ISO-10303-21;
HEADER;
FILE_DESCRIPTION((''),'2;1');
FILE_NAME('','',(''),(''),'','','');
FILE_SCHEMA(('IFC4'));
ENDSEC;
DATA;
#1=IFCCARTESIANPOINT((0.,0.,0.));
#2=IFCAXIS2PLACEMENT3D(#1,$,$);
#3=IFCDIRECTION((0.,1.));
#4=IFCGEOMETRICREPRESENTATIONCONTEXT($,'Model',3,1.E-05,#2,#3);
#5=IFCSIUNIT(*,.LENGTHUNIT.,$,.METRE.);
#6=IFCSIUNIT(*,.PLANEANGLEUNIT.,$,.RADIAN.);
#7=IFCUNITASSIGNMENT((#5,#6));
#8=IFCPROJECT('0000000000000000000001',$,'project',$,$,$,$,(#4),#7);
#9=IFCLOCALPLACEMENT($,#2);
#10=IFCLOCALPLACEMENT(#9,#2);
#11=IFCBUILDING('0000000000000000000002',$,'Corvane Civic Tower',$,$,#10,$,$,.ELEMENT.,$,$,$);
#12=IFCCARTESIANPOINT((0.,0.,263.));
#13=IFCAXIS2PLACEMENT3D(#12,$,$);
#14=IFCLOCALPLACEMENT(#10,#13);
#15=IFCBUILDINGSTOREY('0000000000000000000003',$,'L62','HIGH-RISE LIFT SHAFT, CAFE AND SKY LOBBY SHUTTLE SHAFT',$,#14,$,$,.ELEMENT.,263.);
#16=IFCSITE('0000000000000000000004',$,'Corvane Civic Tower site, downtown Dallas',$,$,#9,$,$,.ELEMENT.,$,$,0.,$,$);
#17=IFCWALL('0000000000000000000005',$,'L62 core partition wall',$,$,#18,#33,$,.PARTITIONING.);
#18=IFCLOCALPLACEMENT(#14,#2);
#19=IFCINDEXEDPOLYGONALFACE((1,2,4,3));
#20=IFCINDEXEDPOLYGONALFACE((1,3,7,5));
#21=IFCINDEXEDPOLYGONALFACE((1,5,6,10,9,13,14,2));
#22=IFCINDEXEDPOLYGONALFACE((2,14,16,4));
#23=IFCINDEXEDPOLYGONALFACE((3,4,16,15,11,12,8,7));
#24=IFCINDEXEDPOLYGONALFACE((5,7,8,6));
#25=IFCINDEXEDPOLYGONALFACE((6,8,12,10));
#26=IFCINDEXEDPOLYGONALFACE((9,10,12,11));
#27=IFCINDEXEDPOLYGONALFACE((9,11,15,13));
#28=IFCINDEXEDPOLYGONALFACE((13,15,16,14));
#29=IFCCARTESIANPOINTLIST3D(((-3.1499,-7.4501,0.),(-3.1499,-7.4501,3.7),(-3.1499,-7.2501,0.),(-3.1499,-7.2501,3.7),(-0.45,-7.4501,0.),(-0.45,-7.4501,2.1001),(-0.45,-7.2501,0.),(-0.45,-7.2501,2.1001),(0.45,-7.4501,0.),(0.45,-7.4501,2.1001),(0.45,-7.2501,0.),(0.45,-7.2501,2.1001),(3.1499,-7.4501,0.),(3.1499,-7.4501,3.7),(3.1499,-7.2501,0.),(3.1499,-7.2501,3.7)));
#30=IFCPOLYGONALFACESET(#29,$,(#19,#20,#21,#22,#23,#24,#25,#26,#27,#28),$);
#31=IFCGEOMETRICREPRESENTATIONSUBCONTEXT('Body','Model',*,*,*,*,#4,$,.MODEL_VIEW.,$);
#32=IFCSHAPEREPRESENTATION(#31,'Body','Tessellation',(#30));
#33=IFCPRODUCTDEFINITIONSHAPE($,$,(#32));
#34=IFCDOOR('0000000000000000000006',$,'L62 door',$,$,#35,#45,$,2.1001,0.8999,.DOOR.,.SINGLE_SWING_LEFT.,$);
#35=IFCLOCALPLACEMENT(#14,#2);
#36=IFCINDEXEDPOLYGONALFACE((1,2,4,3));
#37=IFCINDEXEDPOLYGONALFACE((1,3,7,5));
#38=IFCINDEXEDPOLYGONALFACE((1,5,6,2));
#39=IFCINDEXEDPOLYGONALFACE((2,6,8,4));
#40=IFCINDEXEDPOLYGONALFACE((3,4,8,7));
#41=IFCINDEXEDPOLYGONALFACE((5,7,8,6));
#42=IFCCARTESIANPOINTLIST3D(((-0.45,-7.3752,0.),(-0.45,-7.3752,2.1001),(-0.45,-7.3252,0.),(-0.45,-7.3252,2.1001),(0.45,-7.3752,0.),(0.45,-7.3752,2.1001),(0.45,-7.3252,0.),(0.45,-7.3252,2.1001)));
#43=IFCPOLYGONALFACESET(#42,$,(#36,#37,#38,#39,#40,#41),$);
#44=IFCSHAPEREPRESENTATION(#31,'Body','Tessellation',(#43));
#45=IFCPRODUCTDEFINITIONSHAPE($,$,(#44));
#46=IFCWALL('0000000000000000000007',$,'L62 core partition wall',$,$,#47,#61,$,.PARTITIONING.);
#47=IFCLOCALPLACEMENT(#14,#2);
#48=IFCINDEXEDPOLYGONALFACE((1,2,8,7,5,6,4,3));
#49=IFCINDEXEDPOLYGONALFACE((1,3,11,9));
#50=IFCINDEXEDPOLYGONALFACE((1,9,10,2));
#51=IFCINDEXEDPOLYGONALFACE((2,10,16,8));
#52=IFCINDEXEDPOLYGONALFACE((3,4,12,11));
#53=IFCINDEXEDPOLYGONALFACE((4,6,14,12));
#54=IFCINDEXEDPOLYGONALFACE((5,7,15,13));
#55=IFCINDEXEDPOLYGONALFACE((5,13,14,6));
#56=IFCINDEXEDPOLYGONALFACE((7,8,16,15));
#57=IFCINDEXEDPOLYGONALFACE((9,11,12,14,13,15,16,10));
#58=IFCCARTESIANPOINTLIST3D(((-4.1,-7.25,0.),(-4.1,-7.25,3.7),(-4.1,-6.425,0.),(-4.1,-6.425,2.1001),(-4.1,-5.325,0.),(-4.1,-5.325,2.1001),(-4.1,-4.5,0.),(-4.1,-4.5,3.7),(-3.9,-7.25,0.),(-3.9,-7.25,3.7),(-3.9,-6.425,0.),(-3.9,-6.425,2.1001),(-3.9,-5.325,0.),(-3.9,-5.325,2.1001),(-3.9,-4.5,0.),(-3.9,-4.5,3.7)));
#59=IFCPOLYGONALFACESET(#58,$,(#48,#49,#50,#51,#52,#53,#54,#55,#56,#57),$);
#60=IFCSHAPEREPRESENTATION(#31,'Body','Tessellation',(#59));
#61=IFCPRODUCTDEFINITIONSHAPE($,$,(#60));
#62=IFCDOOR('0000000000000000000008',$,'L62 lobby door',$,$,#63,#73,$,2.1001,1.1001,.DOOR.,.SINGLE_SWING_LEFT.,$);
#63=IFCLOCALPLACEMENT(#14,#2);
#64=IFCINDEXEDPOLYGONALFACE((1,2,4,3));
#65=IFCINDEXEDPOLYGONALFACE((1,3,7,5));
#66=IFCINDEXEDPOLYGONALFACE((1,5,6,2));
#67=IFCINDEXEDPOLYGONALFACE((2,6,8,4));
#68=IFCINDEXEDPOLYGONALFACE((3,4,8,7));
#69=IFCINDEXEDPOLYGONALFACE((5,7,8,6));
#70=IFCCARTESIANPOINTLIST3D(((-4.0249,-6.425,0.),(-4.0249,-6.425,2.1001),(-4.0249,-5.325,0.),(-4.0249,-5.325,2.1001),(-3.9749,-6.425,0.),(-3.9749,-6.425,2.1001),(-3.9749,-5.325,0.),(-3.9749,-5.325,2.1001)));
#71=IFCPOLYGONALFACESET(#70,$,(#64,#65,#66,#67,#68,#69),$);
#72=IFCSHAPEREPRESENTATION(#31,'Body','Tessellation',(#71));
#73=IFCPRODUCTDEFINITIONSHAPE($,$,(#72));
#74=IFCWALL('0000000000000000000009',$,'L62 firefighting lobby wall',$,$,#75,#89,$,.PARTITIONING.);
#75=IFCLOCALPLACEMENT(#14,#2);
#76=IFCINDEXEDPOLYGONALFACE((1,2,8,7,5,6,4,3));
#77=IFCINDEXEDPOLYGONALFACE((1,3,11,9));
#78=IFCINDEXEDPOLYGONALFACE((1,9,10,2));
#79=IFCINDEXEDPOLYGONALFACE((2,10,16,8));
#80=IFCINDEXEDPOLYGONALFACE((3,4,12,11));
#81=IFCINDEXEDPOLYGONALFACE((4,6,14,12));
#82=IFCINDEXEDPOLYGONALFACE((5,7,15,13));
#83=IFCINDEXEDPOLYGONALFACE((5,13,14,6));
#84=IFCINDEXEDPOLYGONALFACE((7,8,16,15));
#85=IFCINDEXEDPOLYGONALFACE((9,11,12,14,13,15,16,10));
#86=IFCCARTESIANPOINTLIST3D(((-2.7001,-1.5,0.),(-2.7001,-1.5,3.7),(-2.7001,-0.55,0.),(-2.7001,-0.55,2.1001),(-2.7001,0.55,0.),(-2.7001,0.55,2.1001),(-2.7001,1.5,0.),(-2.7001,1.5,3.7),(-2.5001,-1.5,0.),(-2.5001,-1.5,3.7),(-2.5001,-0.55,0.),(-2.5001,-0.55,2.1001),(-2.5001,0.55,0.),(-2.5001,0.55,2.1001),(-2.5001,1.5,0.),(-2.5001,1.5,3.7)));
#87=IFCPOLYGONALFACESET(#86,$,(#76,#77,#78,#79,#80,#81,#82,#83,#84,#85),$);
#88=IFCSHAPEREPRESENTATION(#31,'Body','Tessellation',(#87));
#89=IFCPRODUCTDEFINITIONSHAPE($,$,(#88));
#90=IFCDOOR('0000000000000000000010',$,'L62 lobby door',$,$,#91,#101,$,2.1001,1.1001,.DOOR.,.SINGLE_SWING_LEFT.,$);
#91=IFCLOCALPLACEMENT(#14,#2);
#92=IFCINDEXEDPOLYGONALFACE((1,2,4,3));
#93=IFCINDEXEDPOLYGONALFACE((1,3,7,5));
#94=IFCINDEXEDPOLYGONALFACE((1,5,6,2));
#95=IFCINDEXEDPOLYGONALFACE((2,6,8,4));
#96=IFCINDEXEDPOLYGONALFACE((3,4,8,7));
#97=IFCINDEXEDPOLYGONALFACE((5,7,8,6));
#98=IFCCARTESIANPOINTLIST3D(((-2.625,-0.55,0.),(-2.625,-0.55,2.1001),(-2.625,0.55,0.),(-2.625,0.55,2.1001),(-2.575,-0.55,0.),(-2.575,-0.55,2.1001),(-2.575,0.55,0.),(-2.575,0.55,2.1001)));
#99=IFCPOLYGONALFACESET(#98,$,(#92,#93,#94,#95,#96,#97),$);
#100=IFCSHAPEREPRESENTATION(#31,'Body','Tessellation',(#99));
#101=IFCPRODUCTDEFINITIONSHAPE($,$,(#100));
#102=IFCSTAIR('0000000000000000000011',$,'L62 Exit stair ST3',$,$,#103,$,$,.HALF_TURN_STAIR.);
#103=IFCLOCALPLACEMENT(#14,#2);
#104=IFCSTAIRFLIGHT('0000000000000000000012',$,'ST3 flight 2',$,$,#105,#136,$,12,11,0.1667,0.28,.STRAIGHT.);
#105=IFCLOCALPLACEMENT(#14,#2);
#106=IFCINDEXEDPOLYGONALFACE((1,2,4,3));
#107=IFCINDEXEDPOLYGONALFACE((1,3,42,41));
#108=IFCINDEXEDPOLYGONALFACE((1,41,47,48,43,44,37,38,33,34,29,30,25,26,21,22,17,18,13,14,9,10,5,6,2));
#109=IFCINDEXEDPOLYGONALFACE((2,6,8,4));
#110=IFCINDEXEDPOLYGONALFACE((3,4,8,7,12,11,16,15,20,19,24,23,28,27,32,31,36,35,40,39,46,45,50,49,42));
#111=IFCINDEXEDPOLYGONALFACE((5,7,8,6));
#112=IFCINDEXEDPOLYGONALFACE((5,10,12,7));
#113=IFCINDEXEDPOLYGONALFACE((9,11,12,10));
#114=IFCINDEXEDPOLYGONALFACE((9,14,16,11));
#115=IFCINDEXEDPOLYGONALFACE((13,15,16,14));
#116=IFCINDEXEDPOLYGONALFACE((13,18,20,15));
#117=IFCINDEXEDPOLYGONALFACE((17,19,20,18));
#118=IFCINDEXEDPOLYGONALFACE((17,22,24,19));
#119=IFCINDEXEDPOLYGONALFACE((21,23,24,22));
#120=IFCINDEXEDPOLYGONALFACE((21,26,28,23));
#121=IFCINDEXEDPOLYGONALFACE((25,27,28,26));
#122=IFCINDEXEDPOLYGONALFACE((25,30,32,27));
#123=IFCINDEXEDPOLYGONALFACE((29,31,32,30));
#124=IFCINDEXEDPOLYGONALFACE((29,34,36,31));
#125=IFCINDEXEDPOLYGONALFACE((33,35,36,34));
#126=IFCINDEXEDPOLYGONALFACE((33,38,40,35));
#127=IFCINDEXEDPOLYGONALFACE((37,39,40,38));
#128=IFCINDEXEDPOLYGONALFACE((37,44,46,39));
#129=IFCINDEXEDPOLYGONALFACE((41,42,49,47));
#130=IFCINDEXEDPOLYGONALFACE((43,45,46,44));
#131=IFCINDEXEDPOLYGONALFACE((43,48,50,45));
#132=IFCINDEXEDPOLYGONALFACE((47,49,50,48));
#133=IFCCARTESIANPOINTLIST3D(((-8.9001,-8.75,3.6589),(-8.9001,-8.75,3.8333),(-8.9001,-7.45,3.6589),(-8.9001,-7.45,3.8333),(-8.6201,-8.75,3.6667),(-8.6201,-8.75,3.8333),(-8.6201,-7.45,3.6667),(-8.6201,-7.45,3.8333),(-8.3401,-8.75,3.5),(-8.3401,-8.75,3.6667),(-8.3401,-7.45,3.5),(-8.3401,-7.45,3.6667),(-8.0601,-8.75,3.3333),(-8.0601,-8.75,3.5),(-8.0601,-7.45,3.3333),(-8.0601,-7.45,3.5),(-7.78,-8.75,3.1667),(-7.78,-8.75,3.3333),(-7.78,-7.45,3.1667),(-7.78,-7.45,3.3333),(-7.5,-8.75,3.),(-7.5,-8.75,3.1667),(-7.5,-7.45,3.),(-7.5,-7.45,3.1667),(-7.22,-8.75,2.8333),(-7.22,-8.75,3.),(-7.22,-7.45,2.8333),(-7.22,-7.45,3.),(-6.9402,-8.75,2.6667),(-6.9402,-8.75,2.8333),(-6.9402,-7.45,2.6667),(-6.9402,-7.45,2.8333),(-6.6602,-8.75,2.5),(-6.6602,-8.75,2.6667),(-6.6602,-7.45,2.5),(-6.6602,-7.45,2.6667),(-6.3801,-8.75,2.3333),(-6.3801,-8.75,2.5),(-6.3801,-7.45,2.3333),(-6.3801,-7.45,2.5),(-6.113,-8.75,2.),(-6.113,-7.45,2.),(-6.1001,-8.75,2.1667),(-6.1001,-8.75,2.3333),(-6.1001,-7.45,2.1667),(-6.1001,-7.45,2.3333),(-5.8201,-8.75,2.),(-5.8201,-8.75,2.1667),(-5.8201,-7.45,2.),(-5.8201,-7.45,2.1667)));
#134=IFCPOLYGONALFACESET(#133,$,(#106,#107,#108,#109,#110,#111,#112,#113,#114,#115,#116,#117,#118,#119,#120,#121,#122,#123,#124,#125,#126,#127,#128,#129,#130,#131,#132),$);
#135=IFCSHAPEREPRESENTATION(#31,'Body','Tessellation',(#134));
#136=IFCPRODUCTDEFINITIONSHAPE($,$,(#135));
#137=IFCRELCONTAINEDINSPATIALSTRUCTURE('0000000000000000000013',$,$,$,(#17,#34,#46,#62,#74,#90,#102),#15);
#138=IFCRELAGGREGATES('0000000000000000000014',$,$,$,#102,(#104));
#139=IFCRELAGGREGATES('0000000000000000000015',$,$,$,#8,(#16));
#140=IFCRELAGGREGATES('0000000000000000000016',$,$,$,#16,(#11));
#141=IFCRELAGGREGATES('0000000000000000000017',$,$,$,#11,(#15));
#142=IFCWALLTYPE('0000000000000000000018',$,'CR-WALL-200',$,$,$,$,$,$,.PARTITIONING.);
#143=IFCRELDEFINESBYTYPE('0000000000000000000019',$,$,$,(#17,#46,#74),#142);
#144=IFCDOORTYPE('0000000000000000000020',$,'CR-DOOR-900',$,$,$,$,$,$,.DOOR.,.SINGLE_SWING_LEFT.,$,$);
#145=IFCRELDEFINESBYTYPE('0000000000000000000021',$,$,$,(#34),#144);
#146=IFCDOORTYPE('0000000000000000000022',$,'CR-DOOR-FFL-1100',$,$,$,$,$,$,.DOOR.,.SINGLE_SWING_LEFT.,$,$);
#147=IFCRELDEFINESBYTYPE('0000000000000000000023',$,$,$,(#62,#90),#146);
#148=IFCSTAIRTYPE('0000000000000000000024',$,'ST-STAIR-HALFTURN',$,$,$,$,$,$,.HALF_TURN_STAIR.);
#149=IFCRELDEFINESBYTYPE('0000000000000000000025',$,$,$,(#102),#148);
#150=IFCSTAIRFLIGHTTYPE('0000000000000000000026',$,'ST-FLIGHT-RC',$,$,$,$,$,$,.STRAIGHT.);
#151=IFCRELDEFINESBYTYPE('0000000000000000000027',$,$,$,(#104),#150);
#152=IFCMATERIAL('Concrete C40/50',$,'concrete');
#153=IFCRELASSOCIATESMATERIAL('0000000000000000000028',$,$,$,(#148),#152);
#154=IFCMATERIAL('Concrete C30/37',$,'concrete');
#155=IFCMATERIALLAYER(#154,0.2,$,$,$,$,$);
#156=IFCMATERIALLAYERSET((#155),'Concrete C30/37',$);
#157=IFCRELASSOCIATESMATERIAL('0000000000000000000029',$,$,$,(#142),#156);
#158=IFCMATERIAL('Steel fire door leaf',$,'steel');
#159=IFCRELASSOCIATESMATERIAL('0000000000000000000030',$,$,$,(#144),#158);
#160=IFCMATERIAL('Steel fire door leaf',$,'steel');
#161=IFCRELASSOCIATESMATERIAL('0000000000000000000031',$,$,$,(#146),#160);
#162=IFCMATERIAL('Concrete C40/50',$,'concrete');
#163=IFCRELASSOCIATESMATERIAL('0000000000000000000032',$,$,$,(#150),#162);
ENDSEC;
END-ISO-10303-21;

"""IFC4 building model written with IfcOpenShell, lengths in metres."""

from ifc_helpers import new_model, si_unit, direction, frame, frame_2d, origin, place, context, subcontext, project, spatial, polyline, rectangle, outline, extrude, material, layer, layer_set, type_object, element, fill, aggregate, save


model = new_model("IFC4")

# Units and contexts
model_context = context("Model", 3, precision=1e-05, world=origin(), true_north=direction((0.0, 1.0)))
body_context = subcontext(model_context, "Body", "Model", "MODEL_VIEW")
ifc_project = project(units=[si_unit("LENGTHUNIT", "METRE"), si_unit("PLANEANGLEUNIT", "RADIAN")], contexts=[model_context])

# Site, building, storey
site_placement = place(None, origin())
site = spatial("IfcSite", under=ifc_project, at=site_placement, Name="Corvane Civic Tower site, downtown Dallas", CompositionType="ELEMENT", RefElevation=0.0)
building_placement = place(site_placement, origin())
building = spatial("IfcBuilding", under=site, at=building_placement, Name="Corvane Civic Tower", CompositionType="ELEMENT")
storey_placement = place(building_placement, frame((0.0, 0.0, 263.0)))
storey = spatial("IfcBuildingStorey", under=building, at=storey_placement, Name="L62", Description="HIGH-RISE LIFT SHAFT, CAFE AND SKY LOBBY SHUTTLE SHAFT", CompositionType="ELEMENT", Elevation=263.0)

# Shared definitions
ifc_material_1 = material(Name="Concrete C40/50", Category="concrete")
stair_type = type_object("IfcStairType", Name="ST-STAIR-HALFTURN", PredefinedType="HALF_TURN_STAIR", material=ifc_material_1)

# Walls, openings, doors
ifc_material_2 = material(Name="Concrete C30/37", Category="concrete")
ifc_layer_1 = layer(ifc_material_2, 0.2)
ifc_layer_set_1 = layer_set([ifc_layer_1], Name="Concrete C30/37")
wall_type = type_object("IfcWallType", Name="CR-WALL-200", PredefinedType="PARTITIONING", material=ifc_layer_set_1)
wall_1_placement = place(storey_placement, frame((-3.1499, -7.3501, 0.0), z_axis=(0.0, 0.0, 1.0), x_axis=(1.0, 0.0, 0.0)))
wall_1 = element("IfcWall", 1, at=wall_1_placement, inside=storey, type_object=wall_type, Name="L62 core partition wall", PredefinedType="PARTITIONING", context=body_context, shape_type="SweptSolid", body=[
    extrude(rectangle(XDim=6.2998, YDim=0.2, at=frame_2d((3.1499, 0.0))), origin(), (0.0, 0.0, 1.0), 3.7),
])
opening_1_placement = place(wall_1_placement, frame((2.7, 0.0, 0.0)))
opening_1 = element("IfcOpeningElement", 2, at=opening_1_placement, cuts=wall_1, PredefinedType="OPENING", context=body_context, shape_type="SweptSolid", body=[
    extrude(rectangle(XDim=0.8999, YDim=2.1001, at=frame_2d((0.45, 1.05))), frame((0.0, 0.1099, 0.0), z_axis=(0.0, -1.0, 0.0), x_axis=(1.0, 0.0, 0.0)), (0.0, 0.0, 1.0), 0.22),
])
ifc_material_3 = material(Name="Steel fire door leaf", Category="steel")
door_type_1 = type_object("IfcDoorType", Name="CR-DOOR-900", OperationType="SINGLE_SWING_LEFT", PredefinedType="DOOR", material=ifc_material_3)
door_1_placement = place(opening_1_placement, origin())
door_1 = element("IfcDoor", 3, at=door_1_placement, inside=storey, type_object=door_type_1, Name="L62 door", OperationType="SINGLE_SWING_LEFT", OverallHeight=2.1001, OverallWidth=0.8999, PredefinedType="DOOR", context=body_context, shape_type="SweptSolid", body=[
    extrude(rectangle(XDim=0.8999, YDim=2.1001, at=frame_2d((0.45, 1.05))), frame((0.0, 0.0249, 0.0), z_axis=(0.0, -1.0, 0.0), x_axis=(1.0, 0.0, 0.0)), (0.0, 0.0, 1.0), 0.05),
])
fill(opening_1, door_1)
wall_2_placement = place(storey_placement, frame((-4.0, -7.25, 0.0), z_axis=(0.0, 0.0, 1.0), x_axis=(0.0, 1.0, 0.0)))
wall_2 = element("IfcWall", 4, at=wall_2_placement, inside=storey, type_object=wall_type, Name="L62 core partition wall", PredefinedType="PARTITIONING", context=body_context, shape_type="SweptSolid", body=[
    extrude(rectangle(XDim=2.75, YDim=0.2, at=frame_2d((1.375, 0.0))), origin(), (0.0, 0.0, 1.0), 3.7),
])
opening_2_placement = place(wall_2_placement, frame((0.825, 0.0, 0.0)))
opening_2 = element("IfcOpeningElement", 5, at=opening_2_placement, cuts=wall_2, PredefinedType="OPENING", context=body_context, shape_type="SweptSolid", body=[
    extrude(rectangle(XDim=1.1001, YDim=2.1001, at=frame_2d((0.55, 1.05))), frame((0.0, 0.1099, 0.0), z_axis=(0.0, -1.0, 0.0), x_axis=(1.0, 0.0, 0.0)), (0.0, 0.0, 1.0), 0.22),
])
ifc_material_4 = material(Name="Steel fire door leaf", Category="steel")
door_type_2 = type_object("IfcDoorType", Name="CR-DOOR-FFL-1100", OperationType="SINGLE_SWING_LEFT", PredefinedType="DOOR", material=ifc_material_4)
door_2_placement = place(opening_2_placement, origin())
door_2 = element("IfcDoor", 6, at=door_2_placement, inside=storey, type_object=door_type_2, Name="L62 lobby door", OperationType="SINGLE_SWING_LEFT", OverallHeight=2.1001, OverallWidth=1.1001, PredefinedType="DOOR", context=body_context, shape_type="SweptSolid", body=[
    extrude(rectangle(XDim=1.1001, YDim=2.1001, at=frame_2d((0.55, 1.05))), frame((0.0, 0.0249, 0.0), z_axis=(0.0, -1.0, 0.0), x_axis=(1.0, 0.0, 0.0)), (0.0, 0.0, 1.0), 0.05),
])
fill(opening_2, door_2)
wall_3_placement = place(storey_placement, frame((-2.6001, -1.5, 0.0), z_axis=(0.0, 0.0, 1.0), x_axis=(0.0, 1.0, 0.0)))
wall_3 = element("IfcWall", 7, at=wall_3_placement, inside=storey, type_object=wall_type, Name="L62 firefighting lobby wall", PredefinedType="PARTITIONING", context=body_context, shape_type="SweptSolid", body=[
    extrude(rectangle(XDim=3.0, YDim=0.2, at=frame_2d((1.5, 0.0))), origin(), (0.0, 0.0, 1.0), 3.7),
])
opening_3_placement = place(wall_3_placement, frame((0.95, 0.0, 0.0)))
opening_3 = element("IfcOpeningElement", 8, at=opening_3_placement, cuts=wall_3, PredefinedType="OPENING", context=body_context, shape_type="SweptSolid", body=[
    extrude(rectangle(XDim=1.1001, YDim=2.1001, at=frame_2d((0.55, 1.05))), frame((0.0, 0.1099, 0.0), z_axis=(0.0, -1.0, 0.0), x_axis=(1.0, 0.0, 0.0)), (0.0, 0.0, 1.0), 0.22),
])
door_3_placement = place(opening_3_placement, origin())
door_3 = element("IfcDoor", 9, at=door_3_placement, inside=storey, type_object=door_type_2, Name="L62 lobby door", OperationType="SINGLE_SWING_LEFT", OverallHeight=2.1001, OverallWidth=1.1001, PredefinedType="DOOR", context=body_context, shape_type="SweptSolid", body=[
    extrude(rectangle(XDim=1.1001, YDim=2.1001, at=frame_2d((0.55, 1.05))), frame((0.0, 0.0249, 0.0), z_axis=(0.0, -1.0, 0.0), x_axis=(1.0, 0.0, 0.0)), (0.0, 0.0, 1.0), 0.05),
])
fill(opening_3, door_3)

# Stair, stair flight
stair_1_placement = place(storey_placement, origin())
stair_1 = element("IfcStair", 10, at=stair_1_placement, inside=storey, type_object=stair_type, Name="L62 Exit stair ST3", PredefinedType="HALF_TURN_STAIR")
ifc_material_5 = material(Name="Concrete C40/50", Category="concrete")
stair_flight_type = type_object("IfcStairFlightType", Name="ST-FLIGHT-RC", PredefinedType="STRAIGHT", material=ifc_material_5)
stair_flight_placement = place(storey_placement, frame((-5.8201, -8.1001, 2.0), z_axis=(0.0, 0.0, 1.0), x_axis=(-1.0, 0.0, 0.0)))
stair_flight = element("IfcStairFlight", 11, at=stair_flight_placement, type_object=stair_flight_type, Name="ST3 flight 2", NumberOfRisers=12, NumberOfTreads=11, PredefinedType="STRAIGHT", RiserHeight=0.1667, TreadLength=0.28, context=body_context, shape_type="SweptSolid", body=[
    extrude(outline(polyline([(0.0, 0.0), (0.0, 0.1667), (0.28, 0.1667), (0.28, 0.3333), (0.5601, 0.3333), (0.5601, 0.5), (0.8401, 0.5), (0.8401, 0.6667), (1.1201, 0.6667), (1.1201, 0.8333), (1.3999, 0.8333), (1.3999, 1.0), (1.6799, 1.0), (1.6799, 1.1667), (1.96, 1.1667), (1.96, 1.3333), (2.24, 1.3333), (2.24, 1.5), (2.52, 1.5), (2.52, 1.6667), (2.8, 1.6667), (2.8, 1.8333), (3.0801, 1.8333), (3.0801, 2.0), (3.0801, 1.6589), (0.293, 0.0), (0.0, 0.0)])), frame((0.0, 0.6499, 0.0), z_axis=(0.0, -1.0, 0.0), x_axis=(1.0, 0.0, 0.0)), (0.0, 0.0, 1.0), 1.3),
])
aggregate(stair_1, [stair_flight])

save(model, "model.ifc")
